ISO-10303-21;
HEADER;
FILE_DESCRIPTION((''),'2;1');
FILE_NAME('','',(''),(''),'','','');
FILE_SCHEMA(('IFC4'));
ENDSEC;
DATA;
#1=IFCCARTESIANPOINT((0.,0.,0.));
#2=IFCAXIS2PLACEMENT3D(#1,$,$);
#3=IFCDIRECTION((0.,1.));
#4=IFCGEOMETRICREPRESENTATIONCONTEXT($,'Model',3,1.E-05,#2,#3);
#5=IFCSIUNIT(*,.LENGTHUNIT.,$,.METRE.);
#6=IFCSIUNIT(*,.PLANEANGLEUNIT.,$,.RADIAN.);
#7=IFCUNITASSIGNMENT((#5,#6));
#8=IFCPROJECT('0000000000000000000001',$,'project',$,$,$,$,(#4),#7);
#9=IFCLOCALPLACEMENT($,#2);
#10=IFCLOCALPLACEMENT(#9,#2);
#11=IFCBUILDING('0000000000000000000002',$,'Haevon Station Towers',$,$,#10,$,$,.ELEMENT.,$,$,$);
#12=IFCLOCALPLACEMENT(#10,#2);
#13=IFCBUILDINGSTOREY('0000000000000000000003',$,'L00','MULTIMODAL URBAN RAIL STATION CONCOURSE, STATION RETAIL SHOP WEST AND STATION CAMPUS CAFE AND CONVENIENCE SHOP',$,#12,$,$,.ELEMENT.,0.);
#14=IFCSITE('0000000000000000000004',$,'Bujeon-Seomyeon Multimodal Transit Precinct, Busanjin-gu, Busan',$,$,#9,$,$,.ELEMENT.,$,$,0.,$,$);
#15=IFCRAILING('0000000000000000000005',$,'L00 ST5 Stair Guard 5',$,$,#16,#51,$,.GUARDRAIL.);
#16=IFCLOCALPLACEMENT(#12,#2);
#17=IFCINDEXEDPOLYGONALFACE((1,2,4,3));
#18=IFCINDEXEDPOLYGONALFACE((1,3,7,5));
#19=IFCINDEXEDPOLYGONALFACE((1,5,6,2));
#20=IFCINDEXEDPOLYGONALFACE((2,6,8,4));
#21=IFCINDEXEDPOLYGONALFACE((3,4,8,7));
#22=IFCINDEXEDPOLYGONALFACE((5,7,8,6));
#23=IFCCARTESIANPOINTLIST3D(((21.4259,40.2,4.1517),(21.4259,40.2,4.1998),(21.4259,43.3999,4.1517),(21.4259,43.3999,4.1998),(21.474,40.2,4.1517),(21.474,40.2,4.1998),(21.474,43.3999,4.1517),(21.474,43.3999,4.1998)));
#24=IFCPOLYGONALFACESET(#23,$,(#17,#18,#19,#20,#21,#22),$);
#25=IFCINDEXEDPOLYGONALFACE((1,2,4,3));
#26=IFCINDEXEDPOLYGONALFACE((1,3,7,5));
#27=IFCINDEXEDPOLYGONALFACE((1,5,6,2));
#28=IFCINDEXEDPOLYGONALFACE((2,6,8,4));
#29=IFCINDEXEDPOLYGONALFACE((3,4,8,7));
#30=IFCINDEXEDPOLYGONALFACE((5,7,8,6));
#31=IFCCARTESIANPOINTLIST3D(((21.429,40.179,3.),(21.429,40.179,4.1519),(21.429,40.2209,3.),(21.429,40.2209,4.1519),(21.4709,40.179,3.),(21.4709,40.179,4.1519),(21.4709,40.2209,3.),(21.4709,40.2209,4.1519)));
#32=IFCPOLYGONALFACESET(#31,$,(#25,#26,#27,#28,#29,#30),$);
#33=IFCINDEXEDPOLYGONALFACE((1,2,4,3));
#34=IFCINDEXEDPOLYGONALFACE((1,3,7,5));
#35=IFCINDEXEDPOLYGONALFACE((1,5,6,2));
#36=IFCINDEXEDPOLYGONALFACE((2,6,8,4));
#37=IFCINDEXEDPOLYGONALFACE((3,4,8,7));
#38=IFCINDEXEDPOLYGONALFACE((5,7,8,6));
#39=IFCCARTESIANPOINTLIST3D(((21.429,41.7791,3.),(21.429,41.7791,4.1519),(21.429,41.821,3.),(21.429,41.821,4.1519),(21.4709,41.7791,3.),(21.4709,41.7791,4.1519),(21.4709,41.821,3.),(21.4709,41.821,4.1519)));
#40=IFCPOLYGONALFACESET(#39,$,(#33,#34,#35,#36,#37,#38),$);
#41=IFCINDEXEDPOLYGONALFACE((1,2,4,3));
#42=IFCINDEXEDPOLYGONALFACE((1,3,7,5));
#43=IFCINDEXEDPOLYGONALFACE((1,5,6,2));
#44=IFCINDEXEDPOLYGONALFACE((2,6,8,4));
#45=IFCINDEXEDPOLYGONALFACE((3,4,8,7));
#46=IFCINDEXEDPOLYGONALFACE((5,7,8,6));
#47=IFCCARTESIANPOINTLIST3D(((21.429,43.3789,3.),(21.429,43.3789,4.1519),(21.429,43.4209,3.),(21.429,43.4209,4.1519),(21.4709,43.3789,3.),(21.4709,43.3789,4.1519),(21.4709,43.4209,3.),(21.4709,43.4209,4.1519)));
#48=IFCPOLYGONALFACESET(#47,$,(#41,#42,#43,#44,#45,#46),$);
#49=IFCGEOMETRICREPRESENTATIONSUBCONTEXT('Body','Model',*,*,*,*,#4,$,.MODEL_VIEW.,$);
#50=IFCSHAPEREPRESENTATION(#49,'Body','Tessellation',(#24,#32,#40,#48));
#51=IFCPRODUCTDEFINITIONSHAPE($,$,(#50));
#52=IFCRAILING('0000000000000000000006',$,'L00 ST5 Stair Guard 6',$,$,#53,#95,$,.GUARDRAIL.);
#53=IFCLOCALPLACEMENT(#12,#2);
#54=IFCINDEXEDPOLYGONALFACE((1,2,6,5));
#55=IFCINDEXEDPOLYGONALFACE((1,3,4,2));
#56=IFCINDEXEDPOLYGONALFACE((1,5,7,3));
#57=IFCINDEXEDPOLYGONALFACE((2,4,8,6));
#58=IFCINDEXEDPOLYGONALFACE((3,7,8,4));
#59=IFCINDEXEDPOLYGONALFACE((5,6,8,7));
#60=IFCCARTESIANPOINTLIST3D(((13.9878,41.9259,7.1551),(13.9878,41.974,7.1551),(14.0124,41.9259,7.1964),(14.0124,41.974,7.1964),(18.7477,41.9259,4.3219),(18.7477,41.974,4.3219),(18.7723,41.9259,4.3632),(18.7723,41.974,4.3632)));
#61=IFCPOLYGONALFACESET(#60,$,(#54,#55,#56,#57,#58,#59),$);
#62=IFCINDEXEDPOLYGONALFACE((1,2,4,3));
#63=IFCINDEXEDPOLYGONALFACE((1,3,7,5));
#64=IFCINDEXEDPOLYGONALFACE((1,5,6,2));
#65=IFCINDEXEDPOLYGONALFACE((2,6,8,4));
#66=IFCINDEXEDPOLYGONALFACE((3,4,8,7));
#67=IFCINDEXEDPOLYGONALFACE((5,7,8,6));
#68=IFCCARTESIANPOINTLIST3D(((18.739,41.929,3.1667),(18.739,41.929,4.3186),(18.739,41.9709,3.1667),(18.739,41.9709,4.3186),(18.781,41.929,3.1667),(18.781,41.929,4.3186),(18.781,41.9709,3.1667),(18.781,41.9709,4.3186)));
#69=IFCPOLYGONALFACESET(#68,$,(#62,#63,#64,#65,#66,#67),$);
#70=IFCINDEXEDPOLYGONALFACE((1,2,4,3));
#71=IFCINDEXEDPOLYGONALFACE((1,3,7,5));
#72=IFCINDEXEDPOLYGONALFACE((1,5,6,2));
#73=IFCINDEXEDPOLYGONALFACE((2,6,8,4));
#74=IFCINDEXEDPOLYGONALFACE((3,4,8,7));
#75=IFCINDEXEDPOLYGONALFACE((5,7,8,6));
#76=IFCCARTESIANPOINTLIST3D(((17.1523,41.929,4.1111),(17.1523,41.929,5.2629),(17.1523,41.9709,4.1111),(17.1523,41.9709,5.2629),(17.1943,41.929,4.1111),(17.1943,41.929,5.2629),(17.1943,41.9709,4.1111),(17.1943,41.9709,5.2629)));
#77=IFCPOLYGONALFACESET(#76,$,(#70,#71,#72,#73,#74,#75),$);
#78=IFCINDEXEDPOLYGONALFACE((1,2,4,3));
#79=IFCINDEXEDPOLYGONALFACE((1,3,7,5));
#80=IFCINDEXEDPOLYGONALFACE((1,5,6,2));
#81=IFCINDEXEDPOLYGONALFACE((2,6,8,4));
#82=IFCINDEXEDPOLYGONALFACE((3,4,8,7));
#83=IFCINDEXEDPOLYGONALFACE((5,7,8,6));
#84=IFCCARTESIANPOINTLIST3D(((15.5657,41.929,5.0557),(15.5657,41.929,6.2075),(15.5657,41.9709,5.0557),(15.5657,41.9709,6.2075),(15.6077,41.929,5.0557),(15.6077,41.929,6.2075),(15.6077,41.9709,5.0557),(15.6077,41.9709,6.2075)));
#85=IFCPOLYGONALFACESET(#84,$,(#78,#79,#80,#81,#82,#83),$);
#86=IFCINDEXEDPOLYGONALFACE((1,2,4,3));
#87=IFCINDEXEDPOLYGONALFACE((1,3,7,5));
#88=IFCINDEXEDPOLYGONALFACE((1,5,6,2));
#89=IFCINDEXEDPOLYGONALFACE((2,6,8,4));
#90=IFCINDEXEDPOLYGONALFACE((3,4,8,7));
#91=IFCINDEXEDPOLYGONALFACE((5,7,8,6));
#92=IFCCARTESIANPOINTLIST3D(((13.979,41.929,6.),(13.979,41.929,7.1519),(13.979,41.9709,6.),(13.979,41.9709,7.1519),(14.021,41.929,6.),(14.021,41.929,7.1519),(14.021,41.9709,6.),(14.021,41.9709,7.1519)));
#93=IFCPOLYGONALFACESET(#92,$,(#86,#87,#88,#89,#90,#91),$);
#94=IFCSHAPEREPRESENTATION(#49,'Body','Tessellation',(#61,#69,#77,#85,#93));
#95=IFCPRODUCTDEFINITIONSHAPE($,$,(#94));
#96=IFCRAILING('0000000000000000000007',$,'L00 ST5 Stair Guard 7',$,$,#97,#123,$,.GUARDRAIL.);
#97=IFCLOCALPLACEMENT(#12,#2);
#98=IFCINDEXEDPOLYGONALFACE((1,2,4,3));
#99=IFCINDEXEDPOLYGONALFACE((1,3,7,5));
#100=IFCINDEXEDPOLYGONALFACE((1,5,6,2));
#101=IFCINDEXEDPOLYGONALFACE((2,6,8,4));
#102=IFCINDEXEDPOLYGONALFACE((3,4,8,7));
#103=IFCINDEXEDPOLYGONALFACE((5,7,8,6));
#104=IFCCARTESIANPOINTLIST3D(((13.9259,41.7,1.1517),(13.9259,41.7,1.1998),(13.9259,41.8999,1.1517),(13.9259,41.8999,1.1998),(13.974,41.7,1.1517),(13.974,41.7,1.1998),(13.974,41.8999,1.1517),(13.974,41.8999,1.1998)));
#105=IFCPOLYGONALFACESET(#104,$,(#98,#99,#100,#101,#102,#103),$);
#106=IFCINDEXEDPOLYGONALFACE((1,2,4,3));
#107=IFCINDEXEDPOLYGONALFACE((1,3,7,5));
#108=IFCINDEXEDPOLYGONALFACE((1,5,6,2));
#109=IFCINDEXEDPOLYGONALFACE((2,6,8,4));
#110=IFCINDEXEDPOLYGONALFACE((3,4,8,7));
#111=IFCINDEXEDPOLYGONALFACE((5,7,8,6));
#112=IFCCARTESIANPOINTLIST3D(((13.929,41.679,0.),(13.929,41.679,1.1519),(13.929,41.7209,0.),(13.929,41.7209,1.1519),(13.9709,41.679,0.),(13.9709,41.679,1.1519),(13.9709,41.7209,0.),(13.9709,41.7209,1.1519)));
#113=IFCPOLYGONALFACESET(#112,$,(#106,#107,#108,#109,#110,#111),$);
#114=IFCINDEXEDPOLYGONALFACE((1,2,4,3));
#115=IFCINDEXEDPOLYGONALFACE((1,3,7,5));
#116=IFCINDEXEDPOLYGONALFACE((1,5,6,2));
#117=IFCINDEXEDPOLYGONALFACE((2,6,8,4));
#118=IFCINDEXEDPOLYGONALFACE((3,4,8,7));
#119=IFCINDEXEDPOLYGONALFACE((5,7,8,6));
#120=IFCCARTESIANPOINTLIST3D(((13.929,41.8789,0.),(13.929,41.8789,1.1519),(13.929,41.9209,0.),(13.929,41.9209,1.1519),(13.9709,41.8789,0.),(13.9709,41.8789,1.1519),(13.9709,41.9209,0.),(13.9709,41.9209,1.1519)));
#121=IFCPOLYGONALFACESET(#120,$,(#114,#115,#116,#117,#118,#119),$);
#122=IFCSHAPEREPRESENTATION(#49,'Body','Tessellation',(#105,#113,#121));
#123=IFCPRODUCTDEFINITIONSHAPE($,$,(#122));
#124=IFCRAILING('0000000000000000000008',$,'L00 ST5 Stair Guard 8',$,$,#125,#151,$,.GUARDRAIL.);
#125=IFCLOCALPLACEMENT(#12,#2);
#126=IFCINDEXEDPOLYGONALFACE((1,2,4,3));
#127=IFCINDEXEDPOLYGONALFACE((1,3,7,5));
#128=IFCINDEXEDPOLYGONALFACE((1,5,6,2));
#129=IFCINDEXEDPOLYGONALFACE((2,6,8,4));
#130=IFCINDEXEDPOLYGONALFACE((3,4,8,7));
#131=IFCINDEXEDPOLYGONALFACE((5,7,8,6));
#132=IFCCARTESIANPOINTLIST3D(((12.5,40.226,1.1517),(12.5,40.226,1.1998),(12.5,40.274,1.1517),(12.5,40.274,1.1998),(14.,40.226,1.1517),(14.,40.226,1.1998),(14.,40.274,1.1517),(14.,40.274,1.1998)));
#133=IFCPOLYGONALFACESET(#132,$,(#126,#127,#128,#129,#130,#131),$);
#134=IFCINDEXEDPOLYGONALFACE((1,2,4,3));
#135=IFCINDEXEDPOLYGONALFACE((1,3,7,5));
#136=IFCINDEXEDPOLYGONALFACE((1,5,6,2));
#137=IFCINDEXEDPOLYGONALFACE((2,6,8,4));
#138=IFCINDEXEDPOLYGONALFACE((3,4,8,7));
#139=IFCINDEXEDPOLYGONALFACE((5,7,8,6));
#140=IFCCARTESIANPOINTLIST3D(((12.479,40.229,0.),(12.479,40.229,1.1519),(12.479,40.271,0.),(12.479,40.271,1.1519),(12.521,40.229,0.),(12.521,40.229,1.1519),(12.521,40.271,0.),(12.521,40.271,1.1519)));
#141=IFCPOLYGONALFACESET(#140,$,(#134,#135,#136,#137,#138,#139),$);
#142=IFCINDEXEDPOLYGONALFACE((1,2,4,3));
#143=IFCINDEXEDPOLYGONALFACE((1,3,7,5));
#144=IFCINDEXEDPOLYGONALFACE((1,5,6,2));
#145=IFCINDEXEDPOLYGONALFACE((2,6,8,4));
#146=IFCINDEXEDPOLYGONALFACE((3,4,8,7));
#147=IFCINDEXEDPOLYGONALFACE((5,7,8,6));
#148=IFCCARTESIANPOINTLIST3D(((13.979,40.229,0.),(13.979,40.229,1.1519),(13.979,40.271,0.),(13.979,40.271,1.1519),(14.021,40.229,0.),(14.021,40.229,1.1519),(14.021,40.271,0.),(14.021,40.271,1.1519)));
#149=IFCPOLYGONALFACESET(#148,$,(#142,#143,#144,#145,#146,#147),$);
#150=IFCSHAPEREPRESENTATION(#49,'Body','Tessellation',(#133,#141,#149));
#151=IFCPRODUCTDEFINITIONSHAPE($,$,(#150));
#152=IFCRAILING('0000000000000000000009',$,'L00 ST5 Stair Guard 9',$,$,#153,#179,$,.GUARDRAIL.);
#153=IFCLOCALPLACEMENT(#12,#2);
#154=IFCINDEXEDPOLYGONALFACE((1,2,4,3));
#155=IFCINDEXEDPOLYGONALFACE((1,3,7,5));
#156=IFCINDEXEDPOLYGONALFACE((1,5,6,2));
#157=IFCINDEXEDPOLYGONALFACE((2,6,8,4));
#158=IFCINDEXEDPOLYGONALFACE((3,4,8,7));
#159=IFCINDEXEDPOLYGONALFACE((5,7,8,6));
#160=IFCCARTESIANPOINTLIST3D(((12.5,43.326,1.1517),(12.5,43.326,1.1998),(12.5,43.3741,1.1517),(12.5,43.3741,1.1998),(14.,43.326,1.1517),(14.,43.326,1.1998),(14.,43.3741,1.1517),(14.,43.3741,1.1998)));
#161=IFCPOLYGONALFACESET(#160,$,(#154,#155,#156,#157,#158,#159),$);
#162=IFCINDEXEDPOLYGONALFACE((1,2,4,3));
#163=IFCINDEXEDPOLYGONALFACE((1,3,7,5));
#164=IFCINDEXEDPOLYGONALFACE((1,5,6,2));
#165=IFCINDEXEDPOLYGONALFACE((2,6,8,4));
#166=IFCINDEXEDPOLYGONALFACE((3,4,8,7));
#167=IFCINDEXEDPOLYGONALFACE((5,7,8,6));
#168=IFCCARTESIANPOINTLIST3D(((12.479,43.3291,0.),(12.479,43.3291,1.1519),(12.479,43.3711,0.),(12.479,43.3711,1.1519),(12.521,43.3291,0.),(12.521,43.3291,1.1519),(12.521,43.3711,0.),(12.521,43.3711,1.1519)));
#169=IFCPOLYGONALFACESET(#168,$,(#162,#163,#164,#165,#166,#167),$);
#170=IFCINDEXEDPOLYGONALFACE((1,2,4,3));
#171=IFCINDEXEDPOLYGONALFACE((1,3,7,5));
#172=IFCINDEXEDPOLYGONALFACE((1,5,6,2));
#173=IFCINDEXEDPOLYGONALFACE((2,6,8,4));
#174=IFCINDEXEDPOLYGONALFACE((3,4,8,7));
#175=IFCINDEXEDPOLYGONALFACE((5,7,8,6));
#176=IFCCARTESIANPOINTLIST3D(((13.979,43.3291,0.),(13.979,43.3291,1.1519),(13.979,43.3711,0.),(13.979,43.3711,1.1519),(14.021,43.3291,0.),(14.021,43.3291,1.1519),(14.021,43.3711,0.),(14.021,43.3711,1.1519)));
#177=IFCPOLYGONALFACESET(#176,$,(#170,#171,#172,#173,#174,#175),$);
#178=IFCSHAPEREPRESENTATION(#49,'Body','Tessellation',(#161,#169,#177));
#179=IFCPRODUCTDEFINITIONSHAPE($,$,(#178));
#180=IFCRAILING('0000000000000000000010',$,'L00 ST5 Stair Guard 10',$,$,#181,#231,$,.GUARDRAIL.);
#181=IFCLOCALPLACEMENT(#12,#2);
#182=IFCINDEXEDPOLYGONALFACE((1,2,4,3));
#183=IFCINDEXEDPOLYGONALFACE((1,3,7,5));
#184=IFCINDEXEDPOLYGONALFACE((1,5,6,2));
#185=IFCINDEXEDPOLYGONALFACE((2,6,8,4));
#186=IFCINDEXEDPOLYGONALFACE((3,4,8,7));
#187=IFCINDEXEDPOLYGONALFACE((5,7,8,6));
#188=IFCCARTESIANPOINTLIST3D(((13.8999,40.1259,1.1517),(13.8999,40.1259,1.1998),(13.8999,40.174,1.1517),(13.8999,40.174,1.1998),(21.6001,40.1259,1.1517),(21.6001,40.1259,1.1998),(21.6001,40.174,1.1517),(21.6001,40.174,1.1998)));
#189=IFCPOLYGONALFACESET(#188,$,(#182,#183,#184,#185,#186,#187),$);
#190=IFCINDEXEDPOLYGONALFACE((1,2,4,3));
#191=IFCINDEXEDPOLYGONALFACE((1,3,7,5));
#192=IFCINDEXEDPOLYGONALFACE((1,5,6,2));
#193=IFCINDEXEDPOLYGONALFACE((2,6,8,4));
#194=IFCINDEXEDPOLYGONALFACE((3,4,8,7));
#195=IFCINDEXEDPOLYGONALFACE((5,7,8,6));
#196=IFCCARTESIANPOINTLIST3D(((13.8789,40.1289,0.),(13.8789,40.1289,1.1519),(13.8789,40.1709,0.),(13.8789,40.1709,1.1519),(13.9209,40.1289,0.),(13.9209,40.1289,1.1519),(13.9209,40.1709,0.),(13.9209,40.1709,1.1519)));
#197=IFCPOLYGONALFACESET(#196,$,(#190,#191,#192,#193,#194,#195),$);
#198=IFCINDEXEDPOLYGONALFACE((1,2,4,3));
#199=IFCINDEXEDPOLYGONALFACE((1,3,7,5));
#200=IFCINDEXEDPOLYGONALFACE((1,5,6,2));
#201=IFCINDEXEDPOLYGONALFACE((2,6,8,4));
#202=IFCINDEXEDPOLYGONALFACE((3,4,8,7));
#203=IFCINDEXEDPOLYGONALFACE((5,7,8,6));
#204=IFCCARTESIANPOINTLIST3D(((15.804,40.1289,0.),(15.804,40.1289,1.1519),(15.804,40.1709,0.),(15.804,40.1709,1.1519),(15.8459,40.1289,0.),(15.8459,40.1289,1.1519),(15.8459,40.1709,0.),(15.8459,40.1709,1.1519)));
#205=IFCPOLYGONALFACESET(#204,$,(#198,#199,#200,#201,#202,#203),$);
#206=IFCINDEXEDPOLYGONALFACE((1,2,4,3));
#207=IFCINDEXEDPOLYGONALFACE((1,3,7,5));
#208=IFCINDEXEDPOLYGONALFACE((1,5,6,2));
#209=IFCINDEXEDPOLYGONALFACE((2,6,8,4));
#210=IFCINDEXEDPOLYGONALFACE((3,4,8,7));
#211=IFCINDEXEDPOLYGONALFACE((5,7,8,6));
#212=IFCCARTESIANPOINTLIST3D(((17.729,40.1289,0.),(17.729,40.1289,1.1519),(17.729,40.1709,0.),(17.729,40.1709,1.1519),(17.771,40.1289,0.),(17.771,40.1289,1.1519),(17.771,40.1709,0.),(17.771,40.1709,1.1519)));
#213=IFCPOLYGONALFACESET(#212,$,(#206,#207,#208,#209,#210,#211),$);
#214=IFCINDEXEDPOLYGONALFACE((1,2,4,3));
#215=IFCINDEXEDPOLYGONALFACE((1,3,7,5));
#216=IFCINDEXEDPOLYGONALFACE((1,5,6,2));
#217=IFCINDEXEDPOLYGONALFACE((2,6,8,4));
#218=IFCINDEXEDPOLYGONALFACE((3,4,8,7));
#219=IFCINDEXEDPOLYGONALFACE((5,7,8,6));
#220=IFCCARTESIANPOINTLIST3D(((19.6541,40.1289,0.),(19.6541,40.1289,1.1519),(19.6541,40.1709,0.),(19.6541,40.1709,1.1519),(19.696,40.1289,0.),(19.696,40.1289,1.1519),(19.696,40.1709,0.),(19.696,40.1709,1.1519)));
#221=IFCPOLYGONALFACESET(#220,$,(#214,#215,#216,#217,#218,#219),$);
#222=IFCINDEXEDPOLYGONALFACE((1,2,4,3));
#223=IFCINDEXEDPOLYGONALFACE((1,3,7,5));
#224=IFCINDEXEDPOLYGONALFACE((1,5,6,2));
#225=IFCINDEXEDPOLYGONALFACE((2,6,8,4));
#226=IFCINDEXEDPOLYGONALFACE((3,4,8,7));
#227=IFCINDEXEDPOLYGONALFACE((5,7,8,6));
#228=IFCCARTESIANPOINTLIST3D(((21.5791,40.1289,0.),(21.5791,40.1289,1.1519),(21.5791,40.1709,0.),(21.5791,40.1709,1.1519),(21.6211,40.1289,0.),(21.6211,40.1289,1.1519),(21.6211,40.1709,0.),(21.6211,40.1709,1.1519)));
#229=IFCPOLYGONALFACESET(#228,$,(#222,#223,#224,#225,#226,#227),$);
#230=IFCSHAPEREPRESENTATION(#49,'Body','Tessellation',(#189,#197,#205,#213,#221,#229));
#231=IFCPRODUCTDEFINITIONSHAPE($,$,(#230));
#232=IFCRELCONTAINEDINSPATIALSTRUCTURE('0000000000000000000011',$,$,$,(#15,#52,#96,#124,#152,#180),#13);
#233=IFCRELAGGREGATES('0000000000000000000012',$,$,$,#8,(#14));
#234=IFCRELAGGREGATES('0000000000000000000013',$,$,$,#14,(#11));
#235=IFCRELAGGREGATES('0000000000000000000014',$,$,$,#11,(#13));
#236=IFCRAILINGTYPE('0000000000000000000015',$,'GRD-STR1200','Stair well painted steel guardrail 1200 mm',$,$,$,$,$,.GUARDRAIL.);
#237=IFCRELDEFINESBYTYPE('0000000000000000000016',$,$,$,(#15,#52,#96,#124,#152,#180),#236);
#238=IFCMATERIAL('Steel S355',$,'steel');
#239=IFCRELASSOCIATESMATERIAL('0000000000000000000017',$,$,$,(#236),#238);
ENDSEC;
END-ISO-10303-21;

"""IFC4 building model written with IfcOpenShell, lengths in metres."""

from ifc_helpers import new_model, si_unit, direction, frame, origin, origin_2d, place, context, subcontext, project, spatial, rectangle, extrude, material, type_object, element, save


model = new_model("IFC4")

# Units and contexts
model_context = context("Model", 3, precision=1e-05, world=origin(), true_north=direction((0.0, 1.0)))
body_context = subcontext(model_context, "Body", "Model", "MODEL_VIEW")
ifc_project = project(units=[si_unit("LENGTHUNIT", "METRE"), si_unit("PLANEANGLEUNIT", "RADIAN")], contexts=[model_context])

# Site, building, storey
site_placement = place(None, origin())
site = spatial("IfcSite", under=ifc_project, at=site_placement, Name="Bujeon-Seomyeon Multimodal Transit Precinct, Busanjin-gu, Busan", CompositionType="ELEMENT", RefElevation=0.0)
building_placement = place(site_placement, origin())
building = spatial("IfcBuilding", under=site, at=building_placement, Name="Haevon Station Towers", CompositionType="ELEMENT")
storey_placement = place(building_placement, origin())
storey = spatial("IfcBuildingStorey", under=building, at=storey_placement, Name="L00", Description="MULTIMODAL URBAN RAIL STATION CONCOURSE, STATION RETAIL SHOP WEST AND STATION CAMPUS CAFE AND CONVENIENCE SHOP", CompositionType="ELEMENT", Elevation=0.0)

# Shared definitions
ifc_material_1 = material(Name="Steel S355", Category="steel")

# Railings
railing_type_1 = type_object("IfcRailingType", Name="GRD-STR1200", Description="Stair well painted steel guardrail 1200 mm", PredefinedType="GUARDRAIL", material=ifc_material_1)
railing_1_placement = place(storey_placement, frame((21.45, 40.2, 3.0)))
element("IfcRailing", 1, at=railing_1_placement, inside=storey, type_object=railing_type_1, Name="L00 ST5 Stair Guard 5", PredefinedType="GUARDRAIL", context=body_context, shape_type="SweptSolid", body=[
    extrude(rectangle(XDim=0.0481, YDim=0.0481, at=origin_2d()), frame((0.0, 0.0, 1.1758), z_axis=(0.0, 1.0, 0.0), x_axis=(-1.0, 0.0, 0.0)), (0.0, 0.0, 1.0), 3.2),
    extrude(rectangle(XDim=0.042, YDim=0.042, at=origin_2d()), origin(), (0.0, 0.0, 1.0), 1.1519),
    extrude(rectangle(XDim=0.042, YDim=0.042, at=origin_2d()), frame((0.0, 1.6001, 0.0)), (0.0, 0.0, 1.0), 1.1519),
    extrude(rectangle(XDim=0.042, YDim=0.042, at=origin_2d()), frame((0.0, 3.2, 0.0)), (0.0, 0.0, 1.0), 1.1519),
])
railing_2_placement = place(storey_placement, frame((18.76, 41.95, 3.1667)))
element("IfcRailing", 2, at=railing_2_placement, inside=storey, type_object=railing_type_1, Name="L00 ST5 Stair Guard 6", PredefinedType="GUARDRAIL", context=body_context, shape_type="SweptSolid", body=[
    extrude(rectangle(XDim=0.0481, YDim=0.0481, at=origin_2d()), frame((0.0, 0.0, 1.1758), z_axis=(-0.8593, 0.0, 0.511472), x_axis=(0.0, -1.0, 0.0)), (0.0, 0.0, 1.0), 5.5393),
    extrude(rectangle(XDim=0.042, YDim=0.042, at=origin_2d()), origin(), (0.0, 0.0, 1.0), 1.1519),
    extrude(rectangle(XDim=0.042, YDim=0.042, at=origin_2d()), frame((-1.5867, 0.0, 0.9443)), (0.0, 0.0, 1.0), 1.1519),
    extrude(rectangle(XDim=0.042, YDim=0.042, at=origin_2d()), frame((-3.1733, 0.0, 1.8889)), (0.0, 0.0, 1.0), 1.1519),
    extrude(rectangle(XDim=0.042, YDim=0.042, at=origin_2d()), frame((-4.76, 0.0, 2.8333)), (0.0, 0.0, 1.0), 1.1519),
])
railing_3_placement = place(storey_placement, frame((13.95, 41.7, 0.0)))
element("IfcRailing", 3, at=railing_3_placement, inside=storey, type_object=railing_type_1, Name="L00 ST5 Stair Guard 7", PredefinedType="GUARDRAIL", context=body_context, shape_type="SweptSolid", body=[
    extrude(rectangle(XDim=0.0481, YDim=0.0481, at=origin_2d()), frame((0.0, 0.0, 1.1758), z_axis=(0.0, 1.0, 0.0), x_axis=(-1.0, 0.0, 0.0)), (0.0, 0.0, 1.0), 0.2),
    extrude(rectangle(XDim=0.042, YDim=0.042, at=origin_2d()), origin(), (0.0, 0.0, 1.0), 1.1519),
    extrude(rectangle(XDim=0.042, YDim=0.042, at=origin_2d()), frame((0.0, 0.2, 0.0)), (0.0, 0.0, 1.0), 1.1519),
])
for number, where, name in (
    (4, (12.5, 40.25, 0.0), "L00 ST5 Stair Guard 8"),
    (5, (12.5, 43.3501, 0.0), "L00 ST5 Stair Guard 9"),
):
    element("IfcRailing", number, at=place(storey_placement, frame(where)), inside=storey, type_object=railing_type_1, Name=name, PredefinedType="GUARDRAIL", context=body_context, shape_type="SweptSolid", body=[
        extrude(rectangle(XDim=0.0481, YDim=0.0481, at=origin_2d()), frame((0.0, 0.0, 1.1758), z_axis=(1.0, 0.0, 0.0), x_axis=(0.0, 1.0, 0.0)), (0.0, 0.0, 1.0), 1.5),
        extrude(rectangle(XDim=0.042, YDim=0.042, at=origin_2d()), origin(), (0.0, 0.0, 1.0), 1.1519),
        extrude(rectangle(XDim=0.042, YDim=0.042, at=origin_2d()), frame((1.5, 0.0, 0.0)), (0.0, 0.0, 1.0), 1.1519),
    ])
for number, where, name in (
    (6, (13.8999, 40.1499, 0.0), "L00 ST5 Stair Guard 10"),
):
    element("IfcRailing", number, at=place(storey_placement, frame(where)), inside=storey, type_object=railing_type_1, Name=name, PredefinedType="GUARDRAIL", context=body_context, shape_type="SweptSolid", body=[
        extrude(rectangle(XDim=0.0481, YDim=0.0481, at=origin_2d()), frame((0.0, 0.0, 1.1758), z_axis=(1.0, 0.0, 0.0), x_axis=(0.0, 1.0, 0.0)), (0.0, 0.0, 1.0), 7.7002),
        extrude(rectangle(XDim=0.042, YDim=0.042, at=origin_2d()), origin(), (0.0, 0.0, 1.0), 1.1519),
        extrude(rectangle(XDim=0.042, YDim=0.042, at=origin_2d()), frame((1.925, 0.0, 0.0)), (0.0, 0.0, 1.0), 1.1519),
        extrude(rectangle(XDim=0.042, YDim=0.042, at=origin_2d()), frame((3.8501, 0.0, 0.0)), (0.0, 0.0, 1.0), 1.1519),
        extrude(rectangle(XDim=0.042, YDim=0.042, at=origin_2d()), frame((5.7751, 0.0, 0.0)), (0.0, 0.0, 1.0), 1.1519),
        extrude(rectangle(XDim=0.042, YDim=0.042, at=origin_2d()), frame((7.7002, 0.0, 0.0)), (0.0, 0.0, 1.0), 1.1519),
    ])

save(model, "model.ifc")
